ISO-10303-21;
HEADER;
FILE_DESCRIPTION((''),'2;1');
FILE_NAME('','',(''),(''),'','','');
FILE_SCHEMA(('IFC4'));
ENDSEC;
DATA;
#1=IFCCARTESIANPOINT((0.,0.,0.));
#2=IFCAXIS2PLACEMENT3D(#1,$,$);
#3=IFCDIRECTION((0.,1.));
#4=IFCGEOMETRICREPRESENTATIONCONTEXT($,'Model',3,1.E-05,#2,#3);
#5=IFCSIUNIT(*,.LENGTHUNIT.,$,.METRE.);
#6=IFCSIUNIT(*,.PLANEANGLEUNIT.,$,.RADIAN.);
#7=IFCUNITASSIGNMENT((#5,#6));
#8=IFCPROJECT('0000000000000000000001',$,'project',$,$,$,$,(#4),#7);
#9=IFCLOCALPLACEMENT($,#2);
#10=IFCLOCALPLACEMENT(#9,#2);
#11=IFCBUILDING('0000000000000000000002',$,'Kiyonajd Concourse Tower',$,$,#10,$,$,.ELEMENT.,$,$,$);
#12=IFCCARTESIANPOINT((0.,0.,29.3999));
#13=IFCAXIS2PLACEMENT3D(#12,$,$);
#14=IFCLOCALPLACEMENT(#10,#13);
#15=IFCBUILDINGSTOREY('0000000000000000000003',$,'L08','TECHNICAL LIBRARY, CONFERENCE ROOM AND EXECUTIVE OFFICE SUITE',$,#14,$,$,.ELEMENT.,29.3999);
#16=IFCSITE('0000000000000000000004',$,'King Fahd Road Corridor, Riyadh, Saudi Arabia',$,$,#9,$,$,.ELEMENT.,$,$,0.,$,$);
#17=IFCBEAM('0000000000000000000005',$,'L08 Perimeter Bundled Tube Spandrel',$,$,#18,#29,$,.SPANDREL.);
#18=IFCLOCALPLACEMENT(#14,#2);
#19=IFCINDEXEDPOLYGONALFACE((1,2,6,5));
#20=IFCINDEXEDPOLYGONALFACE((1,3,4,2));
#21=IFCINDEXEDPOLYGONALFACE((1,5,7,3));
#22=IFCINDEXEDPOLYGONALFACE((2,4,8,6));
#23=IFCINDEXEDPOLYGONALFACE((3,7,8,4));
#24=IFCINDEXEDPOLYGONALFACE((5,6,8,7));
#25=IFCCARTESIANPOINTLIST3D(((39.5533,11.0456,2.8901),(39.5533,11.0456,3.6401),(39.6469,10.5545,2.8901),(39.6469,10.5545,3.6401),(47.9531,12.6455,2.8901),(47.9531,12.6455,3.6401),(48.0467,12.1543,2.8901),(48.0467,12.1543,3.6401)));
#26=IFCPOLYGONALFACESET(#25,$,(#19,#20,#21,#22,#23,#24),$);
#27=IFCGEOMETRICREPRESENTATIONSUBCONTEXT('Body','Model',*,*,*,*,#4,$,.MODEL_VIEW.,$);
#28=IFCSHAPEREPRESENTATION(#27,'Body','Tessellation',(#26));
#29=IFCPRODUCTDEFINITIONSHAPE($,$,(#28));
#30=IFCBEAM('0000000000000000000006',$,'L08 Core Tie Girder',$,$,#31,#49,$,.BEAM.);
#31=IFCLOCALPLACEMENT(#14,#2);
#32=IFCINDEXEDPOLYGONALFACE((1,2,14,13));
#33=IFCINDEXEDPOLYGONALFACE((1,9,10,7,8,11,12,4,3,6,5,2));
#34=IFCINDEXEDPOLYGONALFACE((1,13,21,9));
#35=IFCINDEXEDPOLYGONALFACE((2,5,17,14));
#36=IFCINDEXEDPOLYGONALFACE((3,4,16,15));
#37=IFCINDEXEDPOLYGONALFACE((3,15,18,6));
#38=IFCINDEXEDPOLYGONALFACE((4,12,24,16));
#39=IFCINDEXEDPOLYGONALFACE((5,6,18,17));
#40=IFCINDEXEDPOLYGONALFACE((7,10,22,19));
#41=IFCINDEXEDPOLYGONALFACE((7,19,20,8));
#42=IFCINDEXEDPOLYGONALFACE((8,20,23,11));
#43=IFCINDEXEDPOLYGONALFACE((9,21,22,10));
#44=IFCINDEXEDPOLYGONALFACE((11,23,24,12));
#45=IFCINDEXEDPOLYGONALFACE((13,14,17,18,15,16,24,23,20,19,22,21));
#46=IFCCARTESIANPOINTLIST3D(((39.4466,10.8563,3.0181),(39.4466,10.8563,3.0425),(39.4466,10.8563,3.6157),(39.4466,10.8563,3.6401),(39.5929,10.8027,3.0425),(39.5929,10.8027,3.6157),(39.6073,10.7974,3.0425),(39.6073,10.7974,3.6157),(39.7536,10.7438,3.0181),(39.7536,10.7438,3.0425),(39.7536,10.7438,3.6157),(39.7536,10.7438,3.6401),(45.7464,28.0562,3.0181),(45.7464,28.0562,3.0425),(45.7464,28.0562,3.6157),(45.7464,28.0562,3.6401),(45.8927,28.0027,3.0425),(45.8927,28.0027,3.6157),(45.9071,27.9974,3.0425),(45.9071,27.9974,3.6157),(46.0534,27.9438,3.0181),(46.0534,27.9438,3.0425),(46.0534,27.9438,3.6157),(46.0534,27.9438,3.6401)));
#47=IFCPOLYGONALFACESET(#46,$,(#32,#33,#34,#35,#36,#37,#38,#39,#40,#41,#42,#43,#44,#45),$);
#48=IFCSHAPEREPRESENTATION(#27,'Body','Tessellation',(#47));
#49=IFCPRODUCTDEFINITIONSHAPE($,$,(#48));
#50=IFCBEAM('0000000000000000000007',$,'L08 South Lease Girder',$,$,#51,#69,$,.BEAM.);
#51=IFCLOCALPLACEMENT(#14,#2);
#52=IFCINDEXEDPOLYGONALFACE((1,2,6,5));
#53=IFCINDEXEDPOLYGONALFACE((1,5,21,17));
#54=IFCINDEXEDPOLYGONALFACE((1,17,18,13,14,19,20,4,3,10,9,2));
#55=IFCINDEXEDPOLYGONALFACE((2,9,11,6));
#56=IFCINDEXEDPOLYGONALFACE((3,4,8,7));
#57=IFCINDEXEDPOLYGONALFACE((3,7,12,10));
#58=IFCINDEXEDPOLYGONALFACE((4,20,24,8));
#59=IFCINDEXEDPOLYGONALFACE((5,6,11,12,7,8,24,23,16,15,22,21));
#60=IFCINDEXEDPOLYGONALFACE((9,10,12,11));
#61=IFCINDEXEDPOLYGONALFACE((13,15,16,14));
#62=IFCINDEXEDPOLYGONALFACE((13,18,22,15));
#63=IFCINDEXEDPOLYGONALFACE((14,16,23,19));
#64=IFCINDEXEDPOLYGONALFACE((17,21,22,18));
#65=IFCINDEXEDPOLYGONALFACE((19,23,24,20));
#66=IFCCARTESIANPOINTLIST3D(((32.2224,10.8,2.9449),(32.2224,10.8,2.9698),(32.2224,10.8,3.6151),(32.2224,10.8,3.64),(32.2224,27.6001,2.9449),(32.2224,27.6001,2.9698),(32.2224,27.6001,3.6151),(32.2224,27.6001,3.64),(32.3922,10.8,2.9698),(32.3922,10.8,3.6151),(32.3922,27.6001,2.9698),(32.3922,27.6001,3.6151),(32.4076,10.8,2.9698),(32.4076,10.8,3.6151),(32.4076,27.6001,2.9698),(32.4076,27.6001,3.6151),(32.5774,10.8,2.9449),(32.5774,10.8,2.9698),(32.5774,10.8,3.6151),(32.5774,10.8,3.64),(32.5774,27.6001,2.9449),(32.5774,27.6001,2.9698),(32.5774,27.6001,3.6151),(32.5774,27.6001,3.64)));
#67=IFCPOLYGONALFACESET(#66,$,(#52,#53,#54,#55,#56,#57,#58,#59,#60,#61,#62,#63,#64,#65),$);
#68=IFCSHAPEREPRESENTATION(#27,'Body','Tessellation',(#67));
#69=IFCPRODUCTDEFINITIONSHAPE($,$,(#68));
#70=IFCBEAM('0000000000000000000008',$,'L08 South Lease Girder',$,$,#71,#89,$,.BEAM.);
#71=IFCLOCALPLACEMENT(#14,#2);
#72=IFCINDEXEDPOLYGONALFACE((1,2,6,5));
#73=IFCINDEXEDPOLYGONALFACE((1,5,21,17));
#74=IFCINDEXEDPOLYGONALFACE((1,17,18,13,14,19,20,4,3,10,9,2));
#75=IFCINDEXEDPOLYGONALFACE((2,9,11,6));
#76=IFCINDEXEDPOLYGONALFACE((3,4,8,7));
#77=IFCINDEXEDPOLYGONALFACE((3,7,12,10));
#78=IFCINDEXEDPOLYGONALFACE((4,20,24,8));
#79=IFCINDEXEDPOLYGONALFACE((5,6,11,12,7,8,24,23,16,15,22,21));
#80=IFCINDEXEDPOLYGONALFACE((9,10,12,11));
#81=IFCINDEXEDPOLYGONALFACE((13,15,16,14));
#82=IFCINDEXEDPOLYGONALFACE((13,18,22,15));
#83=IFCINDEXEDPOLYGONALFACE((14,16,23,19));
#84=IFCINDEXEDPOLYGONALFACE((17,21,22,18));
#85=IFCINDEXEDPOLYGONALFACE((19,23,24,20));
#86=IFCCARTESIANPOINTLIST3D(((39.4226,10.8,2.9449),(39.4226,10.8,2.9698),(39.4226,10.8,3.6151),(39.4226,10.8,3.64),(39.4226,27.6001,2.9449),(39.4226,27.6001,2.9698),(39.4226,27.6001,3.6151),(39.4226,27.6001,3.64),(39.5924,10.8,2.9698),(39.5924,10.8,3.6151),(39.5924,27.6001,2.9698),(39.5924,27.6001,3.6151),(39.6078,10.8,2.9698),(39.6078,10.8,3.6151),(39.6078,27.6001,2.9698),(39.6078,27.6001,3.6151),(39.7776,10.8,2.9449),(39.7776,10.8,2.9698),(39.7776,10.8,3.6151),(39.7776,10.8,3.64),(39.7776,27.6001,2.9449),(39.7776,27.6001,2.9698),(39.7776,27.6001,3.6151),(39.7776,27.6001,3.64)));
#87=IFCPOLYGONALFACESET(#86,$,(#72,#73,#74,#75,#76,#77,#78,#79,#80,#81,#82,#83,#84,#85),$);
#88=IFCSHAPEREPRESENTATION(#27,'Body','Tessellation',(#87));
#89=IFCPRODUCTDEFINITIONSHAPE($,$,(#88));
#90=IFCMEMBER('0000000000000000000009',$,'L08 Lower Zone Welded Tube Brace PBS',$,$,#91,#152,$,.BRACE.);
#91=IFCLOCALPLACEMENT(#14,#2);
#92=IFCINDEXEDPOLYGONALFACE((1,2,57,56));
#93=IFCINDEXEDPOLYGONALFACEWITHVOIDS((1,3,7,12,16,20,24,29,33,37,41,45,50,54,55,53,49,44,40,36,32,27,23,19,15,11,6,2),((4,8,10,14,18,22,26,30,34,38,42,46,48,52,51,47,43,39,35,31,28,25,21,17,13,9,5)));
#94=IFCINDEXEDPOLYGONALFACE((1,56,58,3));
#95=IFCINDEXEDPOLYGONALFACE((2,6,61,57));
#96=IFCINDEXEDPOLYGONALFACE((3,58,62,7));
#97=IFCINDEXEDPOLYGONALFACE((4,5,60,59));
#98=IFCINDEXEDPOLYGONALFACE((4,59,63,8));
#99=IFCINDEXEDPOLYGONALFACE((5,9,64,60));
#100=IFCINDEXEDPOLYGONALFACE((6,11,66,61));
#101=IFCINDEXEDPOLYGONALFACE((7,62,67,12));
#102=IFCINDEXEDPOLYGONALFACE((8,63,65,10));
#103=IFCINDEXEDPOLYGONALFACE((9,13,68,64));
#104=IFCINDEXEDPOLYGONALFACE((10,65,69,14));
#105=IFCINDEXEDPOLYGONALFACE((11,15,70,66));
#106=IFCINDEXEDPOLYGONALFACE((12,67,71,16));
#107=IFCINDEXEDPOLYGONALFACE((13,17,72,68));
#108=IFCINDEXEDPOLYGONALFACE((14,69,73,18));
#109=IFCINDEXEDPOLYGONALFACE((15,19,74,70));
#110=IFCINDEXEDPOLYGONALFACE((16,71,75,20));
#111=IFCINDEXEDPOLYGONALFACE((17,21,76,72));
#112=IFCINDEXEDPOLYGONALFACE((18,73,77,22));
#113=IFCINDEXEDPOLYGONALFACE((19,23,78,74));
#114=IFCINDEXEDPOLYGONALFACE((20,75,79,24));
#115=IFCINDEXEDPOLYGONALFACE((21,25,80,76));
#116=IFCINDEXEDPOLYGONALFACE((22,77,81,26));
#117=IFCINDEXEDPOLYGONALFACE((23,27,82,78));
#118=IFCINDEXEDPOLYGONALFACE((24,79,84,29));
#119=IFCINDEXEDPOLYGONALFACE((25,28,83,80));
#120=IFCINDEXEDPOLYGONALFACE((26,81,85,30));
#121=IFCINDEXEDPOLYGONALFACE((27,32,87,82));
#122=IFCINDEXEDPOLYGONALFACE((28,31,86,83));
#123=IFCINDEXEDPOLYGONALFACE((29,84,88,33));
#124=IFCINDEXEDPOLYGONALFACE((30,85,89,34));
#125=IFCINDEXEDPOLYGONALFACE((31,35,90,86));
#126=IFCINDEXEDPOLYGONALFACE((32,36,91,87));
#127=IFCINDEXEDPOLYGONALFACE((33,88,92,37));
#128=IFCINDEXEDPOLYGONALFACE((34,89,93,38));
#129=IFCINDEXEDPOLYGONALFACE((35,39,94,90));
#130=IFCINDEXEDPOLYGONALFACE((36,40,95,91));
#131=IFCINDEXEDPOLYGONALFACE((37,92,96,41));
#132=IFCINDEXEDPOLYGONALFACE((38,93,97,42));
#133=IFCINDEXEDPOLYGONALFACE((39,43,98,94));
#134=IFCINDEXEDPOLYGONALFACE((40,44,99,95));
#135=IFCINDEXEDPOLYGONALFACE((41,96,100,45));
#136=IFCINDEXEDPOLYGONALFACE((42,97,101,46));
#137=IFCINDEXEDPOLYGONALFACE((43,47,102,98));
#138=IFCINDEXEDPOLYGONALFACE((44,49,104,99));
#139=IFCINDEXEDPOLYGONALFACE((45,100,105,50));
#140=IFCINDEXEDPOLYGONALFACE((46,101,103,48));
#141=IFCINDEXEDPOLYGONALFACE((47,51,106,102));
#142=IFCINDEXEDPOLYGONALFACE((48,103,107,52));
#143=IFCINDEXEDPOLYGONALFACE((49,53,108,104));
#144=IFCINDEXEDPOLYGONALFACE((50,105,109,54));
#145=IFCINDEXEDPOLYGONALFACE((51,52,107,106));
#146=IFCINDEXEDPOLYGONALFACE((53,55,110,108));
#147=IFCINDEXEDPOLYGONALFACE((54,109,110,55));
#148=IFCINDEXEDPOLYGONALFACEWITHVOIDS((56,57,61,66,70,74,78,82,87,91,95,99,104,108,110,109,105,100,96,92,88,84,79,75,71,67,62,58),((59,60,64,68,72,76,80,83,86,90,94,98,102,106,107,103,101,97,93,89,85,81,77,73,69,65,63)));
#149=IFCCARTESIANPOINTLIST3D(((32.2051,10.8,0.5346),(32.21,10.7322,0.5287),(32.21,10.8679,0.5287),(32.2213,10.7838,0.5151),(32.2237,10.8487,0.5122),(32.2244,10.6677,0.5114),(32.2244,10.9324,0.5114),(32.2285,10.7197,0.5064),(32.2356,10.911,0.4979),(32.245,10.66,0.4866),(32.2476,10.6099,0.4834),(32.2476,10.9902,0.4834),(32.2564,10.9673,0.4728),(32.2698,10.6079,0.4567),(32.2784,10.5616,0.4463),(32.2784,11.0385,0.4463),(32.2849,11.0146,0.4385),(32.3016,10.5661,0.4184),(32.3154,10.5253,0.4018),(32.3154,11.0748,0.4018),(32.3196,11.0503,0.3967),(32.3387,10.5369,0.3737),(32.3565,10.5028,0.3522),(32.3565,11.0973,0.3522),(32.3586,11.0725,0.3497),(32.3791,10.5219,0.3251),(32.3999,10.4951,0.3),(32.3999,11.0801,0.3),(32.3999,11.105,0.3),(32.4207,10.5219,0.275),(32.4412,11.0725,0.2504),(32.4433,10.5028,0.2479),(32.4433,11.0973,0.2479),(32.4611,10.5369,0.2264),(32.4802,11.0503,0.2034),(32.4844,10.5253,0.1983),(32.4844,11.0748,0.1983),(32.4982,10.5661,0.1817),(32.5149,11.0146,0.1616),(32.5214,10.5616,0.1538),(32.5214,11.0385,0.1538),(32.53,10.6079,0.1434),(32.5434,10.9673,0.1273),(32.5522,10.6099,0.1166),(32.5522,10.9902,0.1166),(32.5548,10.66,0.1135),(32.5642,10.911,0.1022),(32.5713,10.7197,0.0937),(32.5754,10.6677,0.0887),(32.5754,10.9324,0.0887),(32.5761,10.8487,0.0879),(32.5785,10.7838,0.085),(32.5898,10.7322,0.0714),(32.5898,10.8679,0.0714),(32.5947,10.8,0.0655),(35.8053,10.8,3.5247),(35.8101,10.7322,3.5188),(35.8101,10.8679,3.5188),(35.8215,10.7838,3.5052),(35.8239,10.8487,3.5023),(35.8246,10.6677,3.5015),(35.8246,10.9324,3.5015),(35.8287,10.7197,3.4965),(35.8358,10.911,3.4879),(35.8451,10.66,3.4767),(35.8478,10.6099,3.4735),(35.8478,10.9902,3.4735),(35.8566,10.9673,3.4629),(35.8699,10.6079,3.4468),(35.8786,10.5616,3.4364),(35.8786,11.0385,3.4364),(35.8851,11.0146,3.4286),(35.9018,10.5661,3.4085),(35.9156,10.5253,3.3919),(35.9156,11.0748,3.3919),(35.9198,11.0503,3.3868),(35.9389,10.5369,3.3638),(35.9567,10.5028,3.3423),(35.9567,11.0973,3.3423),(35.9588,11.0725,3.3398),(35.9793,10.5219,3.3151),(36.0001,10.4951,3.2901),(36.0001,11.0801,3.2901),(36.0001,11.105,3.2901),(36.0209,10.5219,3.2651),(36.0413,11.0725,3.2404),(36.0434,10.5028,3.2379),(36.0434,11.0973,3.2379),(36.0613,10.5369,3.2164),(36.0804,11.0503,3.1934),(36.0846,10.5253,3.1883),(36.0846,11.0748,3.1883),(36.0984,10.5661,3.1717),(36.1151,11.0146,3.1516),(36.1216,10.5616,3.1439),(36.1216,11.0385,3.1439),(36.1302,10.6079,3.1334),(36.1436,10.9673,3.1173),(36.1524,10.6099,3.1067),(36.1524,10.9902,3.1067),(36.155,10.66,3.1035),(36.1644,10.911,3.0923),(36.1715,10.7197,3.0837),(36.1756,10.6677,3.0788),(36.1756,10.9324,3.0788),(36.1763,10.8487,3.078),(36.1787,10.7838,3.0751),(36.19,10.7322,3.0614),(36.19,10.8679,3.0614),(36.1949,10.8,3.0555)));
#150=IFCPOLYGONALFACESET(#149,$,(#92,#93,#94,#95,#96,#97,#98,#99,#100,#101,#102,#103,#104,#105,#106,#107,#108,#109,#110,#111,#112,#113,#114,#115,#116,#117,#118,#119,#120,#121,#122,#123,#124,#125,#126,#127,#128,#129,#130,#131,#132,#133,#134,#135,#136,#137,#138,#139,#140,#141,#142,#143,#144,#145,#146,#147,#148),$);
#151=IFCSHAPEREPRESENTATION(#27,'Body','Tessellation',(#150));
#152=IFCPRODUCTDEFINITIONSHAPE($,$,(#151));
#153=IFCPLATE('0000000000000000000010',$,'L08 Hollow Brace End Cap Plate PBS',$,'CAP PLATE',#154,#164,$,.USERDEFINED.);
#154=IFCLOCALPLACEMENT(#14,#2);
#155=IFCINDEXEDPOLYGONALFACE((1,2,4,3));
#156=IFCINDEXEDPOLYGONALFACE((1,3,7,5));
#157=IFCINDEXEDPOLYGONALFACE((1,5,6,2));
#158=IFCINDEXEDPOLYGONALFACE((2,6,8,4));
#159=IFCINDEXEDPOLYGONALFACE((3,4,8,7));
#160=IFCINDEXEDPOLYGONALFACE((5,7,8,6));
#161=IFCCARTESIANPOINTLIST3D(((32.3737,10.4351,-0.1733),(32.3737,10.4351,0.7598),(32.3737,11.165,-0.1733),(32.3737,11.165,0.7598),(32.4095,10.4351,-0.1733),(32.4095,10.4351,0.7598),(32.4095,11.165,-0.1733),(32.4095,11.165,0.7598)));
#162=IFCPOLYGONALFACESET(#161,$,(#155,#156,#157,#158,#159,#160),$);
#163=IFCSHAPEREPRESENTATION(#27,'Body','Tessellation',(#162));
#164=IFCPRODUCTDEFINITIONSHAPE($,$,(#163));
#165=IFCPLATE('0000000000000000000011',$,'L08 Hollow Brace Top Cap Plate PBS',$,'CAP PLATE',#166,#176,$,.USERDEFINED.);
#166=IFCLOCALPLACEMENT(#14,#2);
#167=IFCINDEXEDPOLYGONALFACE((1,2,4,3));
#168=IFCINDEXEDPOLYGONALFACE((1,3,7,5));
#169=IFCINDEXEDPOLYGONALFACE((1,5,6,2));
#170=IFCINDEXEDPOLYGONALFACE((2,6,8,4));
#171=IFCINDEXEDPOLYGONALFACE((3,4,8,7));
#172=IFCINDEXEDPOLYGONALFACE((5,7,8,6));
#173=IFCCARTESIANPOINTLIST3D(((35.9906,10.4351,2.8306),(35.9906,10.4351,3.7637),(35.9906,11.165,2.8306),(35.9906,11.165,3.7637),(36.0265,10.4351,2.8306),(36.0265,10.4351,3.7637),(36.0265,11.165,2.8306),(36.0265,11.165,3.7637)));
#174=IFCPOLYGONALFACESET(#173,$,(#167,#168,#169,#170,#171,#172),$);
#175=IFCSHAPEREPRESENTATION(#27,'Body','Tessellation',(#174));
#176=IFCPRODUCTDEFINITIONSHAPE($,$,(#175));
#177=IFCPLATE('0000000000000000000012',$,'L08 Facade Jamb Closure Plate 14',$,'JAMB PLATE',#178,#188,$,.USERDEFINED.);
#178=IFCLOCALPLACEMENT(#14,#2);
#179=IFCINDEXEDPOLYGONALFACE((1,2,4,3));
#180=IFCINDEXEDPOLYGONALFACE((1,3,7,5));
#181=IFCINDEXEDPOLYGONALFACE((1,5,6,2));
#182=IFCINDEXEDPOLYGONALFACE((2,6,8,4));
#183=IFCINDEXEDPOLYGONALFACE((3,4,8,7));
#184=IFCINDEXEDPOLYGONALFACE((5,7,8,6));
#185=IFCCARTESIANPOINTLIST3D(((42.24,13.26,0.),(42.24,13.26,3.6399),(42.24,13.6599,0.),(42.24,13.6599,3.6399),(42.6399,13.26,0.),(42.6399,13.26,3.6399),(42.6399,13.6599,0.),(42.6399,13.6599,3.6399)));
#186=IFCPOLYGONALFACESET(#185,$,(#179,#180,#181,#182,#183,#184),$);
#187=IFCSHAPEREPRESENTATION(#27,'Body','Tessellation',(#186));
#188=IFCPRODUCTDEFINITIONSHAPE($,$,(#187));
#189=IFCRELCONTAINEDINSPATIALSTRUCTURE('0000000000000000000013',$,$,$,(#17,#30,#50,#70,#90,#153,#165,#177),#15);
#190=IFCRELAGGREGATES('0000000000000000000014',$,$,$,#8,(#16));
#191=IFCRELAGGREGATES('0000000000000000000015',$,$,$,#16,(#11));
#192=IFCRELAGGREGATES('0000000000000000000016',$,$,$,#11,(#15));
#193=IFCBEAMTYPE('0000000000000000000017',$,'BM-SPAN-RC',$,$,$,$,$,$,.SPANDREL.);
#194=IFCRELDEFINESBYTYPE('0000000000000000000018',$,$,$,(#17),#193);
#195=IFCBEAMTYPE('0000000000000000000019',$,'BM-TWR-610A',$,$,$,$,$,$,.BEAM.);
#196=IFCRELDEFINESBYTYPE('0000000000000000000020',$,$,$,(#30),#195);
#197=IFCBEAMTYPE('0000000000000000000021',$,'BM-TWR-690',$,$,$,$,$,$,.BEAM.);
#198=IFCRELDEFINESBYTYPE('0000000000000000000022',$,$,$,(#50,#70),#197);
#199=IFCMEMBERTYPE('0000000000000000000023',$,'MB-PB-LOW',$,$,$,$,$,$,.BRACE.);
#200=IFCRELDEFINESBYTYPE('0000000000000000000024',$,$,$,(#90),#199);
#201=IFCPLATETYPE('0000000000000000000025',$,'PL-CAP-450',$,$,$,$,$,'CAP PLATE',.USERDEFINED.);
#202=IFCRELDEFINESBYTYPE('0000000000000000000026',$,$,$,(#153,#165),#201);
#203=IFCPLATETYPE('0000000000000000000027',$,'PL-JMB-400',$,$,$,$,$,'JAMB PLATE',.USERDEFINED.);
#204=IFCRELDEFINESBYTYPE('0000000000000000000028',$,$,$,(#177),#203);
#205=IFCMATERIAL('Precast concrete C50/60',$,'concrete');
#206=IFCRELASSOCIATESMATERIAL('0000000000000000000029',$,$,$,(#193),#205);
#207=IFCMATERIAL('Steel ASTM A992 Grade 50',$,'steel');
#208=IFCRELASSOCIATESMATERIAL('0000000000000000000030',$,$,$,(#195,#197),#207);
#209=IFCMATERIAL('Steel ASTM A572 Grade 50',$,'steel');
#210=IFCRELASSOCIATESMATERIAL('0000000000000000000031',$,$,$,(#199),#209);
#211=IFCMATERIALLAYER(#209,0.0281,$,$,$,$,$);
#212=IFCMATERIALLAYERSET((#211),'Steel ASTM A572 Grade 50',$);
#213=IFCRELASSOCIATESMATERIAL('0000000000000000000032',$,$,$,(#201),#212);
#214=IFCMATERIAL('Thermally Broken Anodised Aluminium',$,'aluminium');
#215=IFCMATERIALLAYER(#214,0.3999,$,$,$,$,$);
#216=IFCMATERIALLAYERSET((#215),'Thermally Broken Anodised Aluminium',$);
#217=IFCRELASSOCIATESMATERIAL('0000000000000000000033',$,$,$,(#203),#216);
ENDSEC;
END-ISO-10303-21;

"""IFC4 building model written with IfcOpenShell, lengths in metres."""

from ifc_helpers import new_model, si_unit, direction, frame, origin, origin_2d, place, context, subcontext, project, spatial, rectangle, hollow_circle, i_section, extrude, material, layer, layer_set, material_profile, profile_set, type_object, element, save


model = new_model("IFC4")

# Units and contexts
model_context = context("Model", 3, precision=1e-05, world=origin(), true_north=direction((0.0, 1.0)))
body_context = subcontext(model_context, "Body", "Model", "MODEL_VIEW")
ifc_project = project(units=[si_unit("LENGTHUNIT", "METRE"), si_unit("PLANEANGLEUNIT", "RADIAN")], contexts=[model_context])

# Site, building, storey
site_placement = place(None, origin())
site = spatial("IfcSite", under=ifc_project, at=site_placement, Name="King Fahd Road Corridor, Riyadh, Saudi Arabia", CompositionType="ELEMENT", RefElevation=0.0)
building_placement = place(site_placement, origin())
building = spatial("IfcBuilding", under=site, at=building_placement, Name="Kiyonajd Concourse Tower", CompositionType="ELEMENT")
storey_placement = place(building_placement, frame((0.0, 0.0, 29.3999)))
storey = spatial("IfcBuildingStorey", under=building, at=storey_placement, Name="L08", Description="TECHNICAL LIBRARY, CONFERENCE ROOM AND EXECUTIVE OFFICE SUITE", CompositionType="ELEMENT", Elevation=29.3999)

# Beams
ifc_material_1 = material(Name="Steel ASTM A992 Grade 50", Category="steel")
ifc_material_2 = material(Name="Precast concrete C50/60", Category="concrete")
ifc_material_profile_1 = material_profile(ifc_material_2, rectangle(XDim=0.5, YDim=0.75, at=origin_2d()), Name="RCBM-500x750")
ifc_profile_set_1 = profile_set([ifc_material_profile_1], Name="Precast concrete C50/60")
beam_type_1 = type_object("IfcBeamType", Name="BM-SPAN-RC", PredefinedType="SPANDREL", material=ifc_profile_set_1)
beam_1_placement = place(storey_placement, frame((39.6001, 10.8, 3.2651), z_axis=(0.982341, 0.187098, 0.0), x_axis=(-0.187098, 0.982341, 0.0)))
element("IfcBeam", 1, at=beam_1_placement, inside=storey, type_object=beam_type_1, Name="L08 Perimeter Bundled Tube Spandrel", PredefinedType="SPANDREL", context=body_context, shape_type="SweptSolid", body=[
    extrude(rectangle(XDim=0.5, YDim=0.75, at=origin_2d()), origin(), (0.0, 0.0, 1.0), 8.5508),
])
ifc_material_profile_2 = material_profile(ifc_material_1, i_section(OverallWidth=0.3269, OverallDepth=0.6221, WebThickness=0.0154, FlangeThickness=0.0244, at=origin_2d()), Name="W610X195")
ifc_profile_set_2 = profile_set([ifc_material_profile_2], Name="Steel ASTM A992 Grade 50")
beam_type_2 = type_object("IfcBeamType", Name="BM-TWR-610A", PredefinedType="BEAM", material=ifc_profile_set_2)
beam_2_placement = place(storey_placement, frame((39.6001, 10.8, 3.3291), z_axis=(0.343925, 0.938997, 0.0), x_axis=(-0.938997, 0.343925, 0.0)))
element("IfcBeam", 2, at=beam_2_placement, inside=storey, type_object=beam_type_2, Name="L08 Core Tie Girder", PredefinedType="BEAM", context=body_context, shape_type="SweptSolid", body=[
    extrude(i_section(OverallWidth=0.3269, OverallDepth=0.6221, WebThickness=0.0154, FlangeThickness=0.0244, at=origin_2d()), origin(), (0.0, 0.0, 1.0), 18.3174),
])
ifc_material_profile_3 = material_profile(ifc_material_1, i_section(OverallWidth=0.355, OverallDepth=0.6951, WebThickness=0.0154, FlangeThickness=0.0249, at=origin_2d()), Name="W690X217")
ifc_profile_set_3 = profile_set([ifc_material_profile_3], Name="Steel ASTM A992 Grade 50")
beam_type_3 = type_object("IfcBeamType", Name="BM-TWR-690", PredefinedType="BEAM", material=ifc_profile_set_3)
for number, where, z_axis, x_axis, name in (
    (3, (32.3999, 10.8, 3.2925), (0.0, 1.0, 0.0), (-1.0, 0.0, 0.0), "L08 South Lease Girder"),
    (4, (39.6001, 10.8, 3.2925), (0.0, 1.0, 0.0), (-1.0, 0.0, 0.0), "L08 South Lease Girder"),
):
    element("IfcBeam", number, at=place(storey_placement, frame(where, z_axis=z_axis, x_axis=x_axis)), inside=storey, type_object=beam_type_3, Name=name, PredefinedType="BEAM", context=body_context, shape_type="SweptSolid", body=[
        extrude(i_section(OverallWidth=0.355, OverallDepth=0.6951, WebThickness=0.0154, FlangeThickness=0.0249, at=origin_2d()), origin(), (0.0, 0.0, 1.0), 16.8),
    ])

# Member
ifc_material_3 = material(Name="Steel ASTM A572 Grade 50", Category="steel")
ifc_material_profile_4 = material_profile(ifc_material_3, hollow_circle(Radius=0.3049, WallThickness=0.0249, at=origin_2d()), Name="CHS-610x25")
ifc_profile_set_4 = profile_set([ifc_material_profile_4], Name="Steel ASTM A572 Grade 50")
member_type = type_object("IfcMemberType", Name="MB-PB-LOW", PredefinedType="BRACE", material=ifc_profile_set_4)
member_placement = place(storey_placement, frame((32.3999, 10.8, 0.3), z_axis=(0.769281, 0.0, 0.638911), x_axis=(0.0, 1.0, 0.0)))
element("IfcMember", 5, at=member_placement, inside=storey, type_object=member_type, Name="L08 Lower Zone Welded Tube Brace PBS", PredefinedType="BRACE", context=body_context, shape_type="SweptSolid", body=[
    extrude(hollow_circle(Radius=0.3049, WallThickness=0.0249, at=origin_2d()), origin(), (0.0, 0.0, 1.0), 4.6799),
])

# Plates
ifc_layer_1 = layer(ifc_material_3, 0.0281)
ifc_layer_set_1 = layer_set([ifc_layer_1], Name="Steel ASTM A572 Grade 50")
plate_type_1 = type_object("IfcPlateType", Name="PL-CAP-450", ElementType="CAP PLATE", PredefinedType="USERDEFINED", material=ifc_layer_set_1)
for number, where, z_axis, x_axis, name in (
    (6, (32.3916, 10.8, -0.1733), (0.0, 0.0, 1.0), (-1.0, 0.0, 0.0), "L08 Hollow Brace End Cap Plate PBS"),
    (7, (36.0085, 10.8, 2.8306), (0.0, 0.0, 1.0), (1.0, 0.0, 0.0), "L08 Hollow Brace Top Cap Plate PBS"),
):
    element("IfcPlate", number, at=place(storey_placement, frame(where, z_axis=z_axis, x_axis=x_axis)), inside=storey, type_object=plate_type_1, Name=name, ObjectType="CAP PLATE", PredefinedType="USERDEFINED", context=body_context, shape_type="SweptSolid", body=[
        extrude(rectangle(XDim=0.0359, YDim=0.73, at=origin_2d()), origin(), (0.0, 0.0, 1.0), 0.9331),
    ])
ifc_material_4 = material(Name="Thermally Broken Anodised Aluminium", Category="aluminium")
ifc_layer_2 = layer(ifc_material_4, 0.3999)
ifc_layer_set_2 = layer_set([ifc_layer_2], Name="Thermally Broken Anodised Aluminium")
plate_type_2 = type_object("IfcPlateType", Name="PL-JMB-400", ElementType="JAMB PLATE", PredefinedType="USERDEFINED", material=ifc_layer_set_2)
plate_placement = place(storey_placement, frame((42.4399, 13.46, 0.0), z_axis=(0.0, 0.0, 1.0), x_axis=(1.0, 0.0, 0.0)))
element("IfcPlate", 8, at=plate_placement, inside=storey, type_object=plate_type_2, Name="L08 Facade Jamb Closure Plate 14", ObjectType="JAMB PLATE", PredefinedType="USERDEFINED", context=body_context, shape_type="SweptSolid", body=[
    extrude(rectangle(XDim=0.3999, YDim=0.3999, at=origin_2d()), origin(), (0.0, 0.0, 1.0), 3.6399),
])

save(model, "model.ifc")
